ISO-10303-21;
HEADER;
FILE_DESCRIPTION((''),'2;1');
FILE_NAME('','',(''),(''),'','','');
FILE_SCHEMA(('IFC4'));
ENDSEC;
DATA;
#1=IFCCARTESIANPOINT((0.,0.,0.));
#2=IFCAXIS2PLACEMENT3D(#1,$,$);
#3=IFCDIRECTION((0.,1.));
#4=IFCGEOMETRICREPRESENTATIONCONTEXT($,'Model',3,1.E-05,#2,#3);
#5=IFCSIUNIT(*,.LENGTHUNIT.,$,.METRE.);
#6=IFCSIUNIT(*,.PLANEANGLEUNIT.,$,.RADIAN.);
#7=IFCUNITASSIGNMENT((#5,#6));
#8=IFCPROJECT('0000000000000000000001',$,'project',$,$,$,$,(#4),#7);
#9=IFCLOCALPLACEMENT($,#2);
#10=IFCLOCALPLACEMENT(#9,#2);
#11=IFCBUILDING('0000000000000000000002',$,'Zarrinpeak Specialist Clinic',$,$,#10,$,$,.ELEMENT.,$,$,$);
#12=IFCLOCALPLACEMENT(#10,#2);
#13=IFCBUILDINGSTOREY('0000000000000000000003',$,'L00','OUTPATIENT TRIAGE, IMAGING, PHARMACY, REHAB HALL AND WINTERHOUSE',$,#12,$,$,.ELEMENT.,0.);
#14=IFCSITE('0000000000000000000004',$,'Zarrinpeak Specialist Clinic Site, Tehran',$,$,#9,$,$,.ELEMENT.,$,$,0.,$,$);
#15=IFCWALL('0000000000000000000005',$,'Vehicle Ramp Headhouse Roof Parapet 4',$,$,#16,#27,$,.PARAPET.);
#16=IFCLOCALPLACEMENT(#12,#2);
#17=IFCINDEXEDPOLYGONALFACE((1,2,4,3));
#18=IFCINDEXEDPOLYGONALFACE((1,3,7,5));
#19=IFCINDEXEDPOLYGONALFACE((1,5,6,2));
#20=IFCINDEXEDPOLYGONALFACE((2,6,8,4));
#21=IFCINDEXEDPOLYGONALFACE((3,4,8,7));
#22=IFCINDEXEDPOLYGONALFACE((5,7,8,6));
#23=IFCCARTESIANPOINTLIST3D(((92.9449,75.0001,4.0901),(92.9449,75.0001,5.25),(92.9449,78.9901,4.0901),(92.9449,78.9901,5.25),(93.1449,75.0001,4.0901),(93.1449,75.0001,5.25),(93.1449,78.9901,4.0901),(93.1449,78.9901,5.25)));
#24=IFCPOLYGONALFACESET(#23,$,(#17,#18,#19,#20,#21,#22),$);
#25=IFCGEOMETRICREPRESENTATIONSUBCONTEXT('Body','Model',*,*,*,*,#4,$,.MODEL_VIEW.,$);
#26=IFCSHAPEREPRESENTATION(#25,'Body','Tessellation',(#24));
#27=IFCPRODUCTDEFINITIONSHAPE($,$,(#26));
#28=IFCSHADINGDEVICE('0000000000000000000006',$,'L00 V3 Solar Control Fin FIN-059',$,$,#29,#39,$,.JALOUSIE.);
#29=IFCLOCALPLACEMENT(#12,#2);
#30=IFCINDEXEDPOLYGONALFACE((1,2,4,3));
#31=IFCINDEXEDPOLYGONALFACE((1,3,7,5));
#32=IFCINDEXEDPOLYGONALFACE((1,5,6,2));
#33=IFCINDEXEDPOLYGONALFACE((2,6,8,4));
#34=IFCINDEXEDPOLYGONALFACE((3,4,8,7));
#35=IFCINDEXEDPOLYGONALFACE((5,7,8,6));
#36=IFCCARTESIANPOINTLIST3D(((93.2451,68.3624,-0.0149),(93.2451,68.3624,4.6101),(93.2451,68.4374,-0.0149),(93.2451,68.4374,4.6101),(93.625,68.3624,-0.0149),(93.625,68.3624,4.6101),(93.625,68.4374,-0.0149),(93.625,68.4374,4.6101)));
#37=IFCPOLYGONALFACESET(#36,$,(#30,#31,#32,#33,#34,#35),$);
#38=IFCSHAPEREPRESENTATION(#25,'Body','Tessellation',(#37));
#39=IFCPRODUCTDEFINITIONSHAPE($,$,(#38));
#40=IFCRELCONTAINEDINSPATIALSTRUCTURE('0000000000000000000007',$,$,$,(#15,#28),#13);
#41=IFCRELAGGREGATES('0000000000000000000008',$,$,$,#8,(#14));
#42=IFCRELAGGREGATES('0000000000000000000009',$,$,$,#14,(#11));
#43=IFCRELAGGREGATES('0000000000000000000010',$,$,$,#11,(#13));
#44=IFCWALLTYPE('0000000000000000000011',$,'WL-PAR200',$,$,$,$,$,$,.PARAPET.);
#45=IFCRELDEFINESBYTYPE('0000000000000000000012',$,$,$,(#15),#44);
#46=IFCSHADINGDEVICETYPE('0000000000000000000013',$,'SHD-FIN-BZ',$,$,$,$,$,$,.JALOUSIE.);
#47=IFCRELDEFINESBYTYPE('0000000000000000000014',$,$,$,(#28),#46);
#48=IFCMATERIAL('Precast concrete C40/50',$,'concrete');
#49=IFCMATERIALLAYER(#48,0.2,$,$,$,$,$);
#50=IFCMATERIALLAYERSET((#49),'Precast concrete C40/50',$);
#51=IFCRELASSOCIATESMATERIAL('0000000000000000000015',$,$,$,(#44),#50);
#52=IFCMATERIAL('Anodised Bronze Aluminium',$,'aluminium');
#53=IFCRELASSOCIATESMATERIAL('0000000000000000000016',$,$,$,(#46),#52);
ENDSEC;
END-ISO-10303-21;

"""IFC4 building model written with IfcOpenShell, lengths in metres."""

from ifc_helpers import new_model, si_unit, direction, frame, frame_2d, origin, origin_2d, place, context, subcontext, project, spatial, rectangle, extrude, material, layer, layer_set, type_object, element, save


model = new_model("IFC4")

# Units and contexts
model_context = context("Model", 3, precision=1e-05, world=origin(), true_north=direction((0.0, 1.0)))
body_context = subcontext(model_context, "Body", "Model", "MODEL_VIEW")
ifc_project = project(units=[si_unit("LENGTHUNIT", "METRE"), si_unit("PLANEANGLEUNIT", "RADIAN")], contexts=[model_context])

# Site, building, storey
site_placement = place(None, origin())
site = spatial("IfcSite", under=ifc_project, at=site_placement, Name="Zarrinpeak Specialist Clinic Site, Tehran", CompositionType="ELEMENT", RefElevation=0.0)
building_placement = place(site_placement, origin())
building = spatial("IfcBuilding", under=site, at=building_placement, Name="Zarrinpeak Specialist Clinic", CompositionType="ELEMENT")
storey_placement = place(building_placement, origin())
storey = spatial("IfcBuildingStorey", under=building, at=storey_placement, Name="L00", Description="OUTPATIENT TRIAGE, IMAGING, PHARMACY, REHAB HALL AND WINTERHOUSE", CompositionType="ELEMENT", Elevation=0.0)

# Shared definitions
ifc_material_1 = material(Name="Precast concrete C40/50", Category="concrete")

# Wall
ifc_layer_1 = layer(ifc_material_1, 0.2)
ifc_layer_set_1 = layer_set([ifc_layer_1], Name="Precast concrete C40/50")
wall_type_1 = type_object("IfcWallType", Name="WL-PAR200", PredefinedType="PARAPET", material=ifc_layer_set_1)
for number, where, z_axis, x_axis, name in (
    (1, (93.0449, 75.0, 4.0901), (0.0, 0.0, 1.0), (0.0, 1.0, 0.0), "Vehicle Ramp Headhouse Roof Parapet 4"),
):
    element("IfcWall", number, at=place(storey_placement, frame(where, z_axis=z_axis, x_axis=x_axis)), inside=storey, type_object=wall_type_1, Name=name, PredefinedType="PARAPET", context=body_context, shape_type="SweptSolid", body=[
        extrude(rectangle(XDim=3.99, YDim=0.2, at=frame_2d((1.9951, 0.0))), origin(), (0.0, 0.0, 1.0), 1.1599),
    ])

# Shading device
ifc_material_2 = material(Name="Anodised Bronze Aluminium", Category="aluminium")
shading_device_type = type_object("IfcShadingDeviceType", Name="SHD-FIN-BZ", PredefinedType="JALOUSIE", material=ifc_material_2)
shading_device_placement = place(storey_placement, frame((93.4351, 68.3999, -0.0149), z_axis=(0.0, 0.0, 1.0), x_axis=(1.0, 0.0, 0.0)))
element("IfcShadingDevice", 2, at=shading_device_placement, inside=storey, type_object=shading_device_type, Name="L00 V3 Solar Control Fin FIN-059", PredefinedType="JALOUSIE", context=body_context, shape_type="SweptSolid", body=[
    extrude(rectangle(XDim=0.3799, YDim=0.075, at=origin_2d()), origin(), (0.0, 0.0, 1.0), 4.625),
])

save(model, "model.ifc")
